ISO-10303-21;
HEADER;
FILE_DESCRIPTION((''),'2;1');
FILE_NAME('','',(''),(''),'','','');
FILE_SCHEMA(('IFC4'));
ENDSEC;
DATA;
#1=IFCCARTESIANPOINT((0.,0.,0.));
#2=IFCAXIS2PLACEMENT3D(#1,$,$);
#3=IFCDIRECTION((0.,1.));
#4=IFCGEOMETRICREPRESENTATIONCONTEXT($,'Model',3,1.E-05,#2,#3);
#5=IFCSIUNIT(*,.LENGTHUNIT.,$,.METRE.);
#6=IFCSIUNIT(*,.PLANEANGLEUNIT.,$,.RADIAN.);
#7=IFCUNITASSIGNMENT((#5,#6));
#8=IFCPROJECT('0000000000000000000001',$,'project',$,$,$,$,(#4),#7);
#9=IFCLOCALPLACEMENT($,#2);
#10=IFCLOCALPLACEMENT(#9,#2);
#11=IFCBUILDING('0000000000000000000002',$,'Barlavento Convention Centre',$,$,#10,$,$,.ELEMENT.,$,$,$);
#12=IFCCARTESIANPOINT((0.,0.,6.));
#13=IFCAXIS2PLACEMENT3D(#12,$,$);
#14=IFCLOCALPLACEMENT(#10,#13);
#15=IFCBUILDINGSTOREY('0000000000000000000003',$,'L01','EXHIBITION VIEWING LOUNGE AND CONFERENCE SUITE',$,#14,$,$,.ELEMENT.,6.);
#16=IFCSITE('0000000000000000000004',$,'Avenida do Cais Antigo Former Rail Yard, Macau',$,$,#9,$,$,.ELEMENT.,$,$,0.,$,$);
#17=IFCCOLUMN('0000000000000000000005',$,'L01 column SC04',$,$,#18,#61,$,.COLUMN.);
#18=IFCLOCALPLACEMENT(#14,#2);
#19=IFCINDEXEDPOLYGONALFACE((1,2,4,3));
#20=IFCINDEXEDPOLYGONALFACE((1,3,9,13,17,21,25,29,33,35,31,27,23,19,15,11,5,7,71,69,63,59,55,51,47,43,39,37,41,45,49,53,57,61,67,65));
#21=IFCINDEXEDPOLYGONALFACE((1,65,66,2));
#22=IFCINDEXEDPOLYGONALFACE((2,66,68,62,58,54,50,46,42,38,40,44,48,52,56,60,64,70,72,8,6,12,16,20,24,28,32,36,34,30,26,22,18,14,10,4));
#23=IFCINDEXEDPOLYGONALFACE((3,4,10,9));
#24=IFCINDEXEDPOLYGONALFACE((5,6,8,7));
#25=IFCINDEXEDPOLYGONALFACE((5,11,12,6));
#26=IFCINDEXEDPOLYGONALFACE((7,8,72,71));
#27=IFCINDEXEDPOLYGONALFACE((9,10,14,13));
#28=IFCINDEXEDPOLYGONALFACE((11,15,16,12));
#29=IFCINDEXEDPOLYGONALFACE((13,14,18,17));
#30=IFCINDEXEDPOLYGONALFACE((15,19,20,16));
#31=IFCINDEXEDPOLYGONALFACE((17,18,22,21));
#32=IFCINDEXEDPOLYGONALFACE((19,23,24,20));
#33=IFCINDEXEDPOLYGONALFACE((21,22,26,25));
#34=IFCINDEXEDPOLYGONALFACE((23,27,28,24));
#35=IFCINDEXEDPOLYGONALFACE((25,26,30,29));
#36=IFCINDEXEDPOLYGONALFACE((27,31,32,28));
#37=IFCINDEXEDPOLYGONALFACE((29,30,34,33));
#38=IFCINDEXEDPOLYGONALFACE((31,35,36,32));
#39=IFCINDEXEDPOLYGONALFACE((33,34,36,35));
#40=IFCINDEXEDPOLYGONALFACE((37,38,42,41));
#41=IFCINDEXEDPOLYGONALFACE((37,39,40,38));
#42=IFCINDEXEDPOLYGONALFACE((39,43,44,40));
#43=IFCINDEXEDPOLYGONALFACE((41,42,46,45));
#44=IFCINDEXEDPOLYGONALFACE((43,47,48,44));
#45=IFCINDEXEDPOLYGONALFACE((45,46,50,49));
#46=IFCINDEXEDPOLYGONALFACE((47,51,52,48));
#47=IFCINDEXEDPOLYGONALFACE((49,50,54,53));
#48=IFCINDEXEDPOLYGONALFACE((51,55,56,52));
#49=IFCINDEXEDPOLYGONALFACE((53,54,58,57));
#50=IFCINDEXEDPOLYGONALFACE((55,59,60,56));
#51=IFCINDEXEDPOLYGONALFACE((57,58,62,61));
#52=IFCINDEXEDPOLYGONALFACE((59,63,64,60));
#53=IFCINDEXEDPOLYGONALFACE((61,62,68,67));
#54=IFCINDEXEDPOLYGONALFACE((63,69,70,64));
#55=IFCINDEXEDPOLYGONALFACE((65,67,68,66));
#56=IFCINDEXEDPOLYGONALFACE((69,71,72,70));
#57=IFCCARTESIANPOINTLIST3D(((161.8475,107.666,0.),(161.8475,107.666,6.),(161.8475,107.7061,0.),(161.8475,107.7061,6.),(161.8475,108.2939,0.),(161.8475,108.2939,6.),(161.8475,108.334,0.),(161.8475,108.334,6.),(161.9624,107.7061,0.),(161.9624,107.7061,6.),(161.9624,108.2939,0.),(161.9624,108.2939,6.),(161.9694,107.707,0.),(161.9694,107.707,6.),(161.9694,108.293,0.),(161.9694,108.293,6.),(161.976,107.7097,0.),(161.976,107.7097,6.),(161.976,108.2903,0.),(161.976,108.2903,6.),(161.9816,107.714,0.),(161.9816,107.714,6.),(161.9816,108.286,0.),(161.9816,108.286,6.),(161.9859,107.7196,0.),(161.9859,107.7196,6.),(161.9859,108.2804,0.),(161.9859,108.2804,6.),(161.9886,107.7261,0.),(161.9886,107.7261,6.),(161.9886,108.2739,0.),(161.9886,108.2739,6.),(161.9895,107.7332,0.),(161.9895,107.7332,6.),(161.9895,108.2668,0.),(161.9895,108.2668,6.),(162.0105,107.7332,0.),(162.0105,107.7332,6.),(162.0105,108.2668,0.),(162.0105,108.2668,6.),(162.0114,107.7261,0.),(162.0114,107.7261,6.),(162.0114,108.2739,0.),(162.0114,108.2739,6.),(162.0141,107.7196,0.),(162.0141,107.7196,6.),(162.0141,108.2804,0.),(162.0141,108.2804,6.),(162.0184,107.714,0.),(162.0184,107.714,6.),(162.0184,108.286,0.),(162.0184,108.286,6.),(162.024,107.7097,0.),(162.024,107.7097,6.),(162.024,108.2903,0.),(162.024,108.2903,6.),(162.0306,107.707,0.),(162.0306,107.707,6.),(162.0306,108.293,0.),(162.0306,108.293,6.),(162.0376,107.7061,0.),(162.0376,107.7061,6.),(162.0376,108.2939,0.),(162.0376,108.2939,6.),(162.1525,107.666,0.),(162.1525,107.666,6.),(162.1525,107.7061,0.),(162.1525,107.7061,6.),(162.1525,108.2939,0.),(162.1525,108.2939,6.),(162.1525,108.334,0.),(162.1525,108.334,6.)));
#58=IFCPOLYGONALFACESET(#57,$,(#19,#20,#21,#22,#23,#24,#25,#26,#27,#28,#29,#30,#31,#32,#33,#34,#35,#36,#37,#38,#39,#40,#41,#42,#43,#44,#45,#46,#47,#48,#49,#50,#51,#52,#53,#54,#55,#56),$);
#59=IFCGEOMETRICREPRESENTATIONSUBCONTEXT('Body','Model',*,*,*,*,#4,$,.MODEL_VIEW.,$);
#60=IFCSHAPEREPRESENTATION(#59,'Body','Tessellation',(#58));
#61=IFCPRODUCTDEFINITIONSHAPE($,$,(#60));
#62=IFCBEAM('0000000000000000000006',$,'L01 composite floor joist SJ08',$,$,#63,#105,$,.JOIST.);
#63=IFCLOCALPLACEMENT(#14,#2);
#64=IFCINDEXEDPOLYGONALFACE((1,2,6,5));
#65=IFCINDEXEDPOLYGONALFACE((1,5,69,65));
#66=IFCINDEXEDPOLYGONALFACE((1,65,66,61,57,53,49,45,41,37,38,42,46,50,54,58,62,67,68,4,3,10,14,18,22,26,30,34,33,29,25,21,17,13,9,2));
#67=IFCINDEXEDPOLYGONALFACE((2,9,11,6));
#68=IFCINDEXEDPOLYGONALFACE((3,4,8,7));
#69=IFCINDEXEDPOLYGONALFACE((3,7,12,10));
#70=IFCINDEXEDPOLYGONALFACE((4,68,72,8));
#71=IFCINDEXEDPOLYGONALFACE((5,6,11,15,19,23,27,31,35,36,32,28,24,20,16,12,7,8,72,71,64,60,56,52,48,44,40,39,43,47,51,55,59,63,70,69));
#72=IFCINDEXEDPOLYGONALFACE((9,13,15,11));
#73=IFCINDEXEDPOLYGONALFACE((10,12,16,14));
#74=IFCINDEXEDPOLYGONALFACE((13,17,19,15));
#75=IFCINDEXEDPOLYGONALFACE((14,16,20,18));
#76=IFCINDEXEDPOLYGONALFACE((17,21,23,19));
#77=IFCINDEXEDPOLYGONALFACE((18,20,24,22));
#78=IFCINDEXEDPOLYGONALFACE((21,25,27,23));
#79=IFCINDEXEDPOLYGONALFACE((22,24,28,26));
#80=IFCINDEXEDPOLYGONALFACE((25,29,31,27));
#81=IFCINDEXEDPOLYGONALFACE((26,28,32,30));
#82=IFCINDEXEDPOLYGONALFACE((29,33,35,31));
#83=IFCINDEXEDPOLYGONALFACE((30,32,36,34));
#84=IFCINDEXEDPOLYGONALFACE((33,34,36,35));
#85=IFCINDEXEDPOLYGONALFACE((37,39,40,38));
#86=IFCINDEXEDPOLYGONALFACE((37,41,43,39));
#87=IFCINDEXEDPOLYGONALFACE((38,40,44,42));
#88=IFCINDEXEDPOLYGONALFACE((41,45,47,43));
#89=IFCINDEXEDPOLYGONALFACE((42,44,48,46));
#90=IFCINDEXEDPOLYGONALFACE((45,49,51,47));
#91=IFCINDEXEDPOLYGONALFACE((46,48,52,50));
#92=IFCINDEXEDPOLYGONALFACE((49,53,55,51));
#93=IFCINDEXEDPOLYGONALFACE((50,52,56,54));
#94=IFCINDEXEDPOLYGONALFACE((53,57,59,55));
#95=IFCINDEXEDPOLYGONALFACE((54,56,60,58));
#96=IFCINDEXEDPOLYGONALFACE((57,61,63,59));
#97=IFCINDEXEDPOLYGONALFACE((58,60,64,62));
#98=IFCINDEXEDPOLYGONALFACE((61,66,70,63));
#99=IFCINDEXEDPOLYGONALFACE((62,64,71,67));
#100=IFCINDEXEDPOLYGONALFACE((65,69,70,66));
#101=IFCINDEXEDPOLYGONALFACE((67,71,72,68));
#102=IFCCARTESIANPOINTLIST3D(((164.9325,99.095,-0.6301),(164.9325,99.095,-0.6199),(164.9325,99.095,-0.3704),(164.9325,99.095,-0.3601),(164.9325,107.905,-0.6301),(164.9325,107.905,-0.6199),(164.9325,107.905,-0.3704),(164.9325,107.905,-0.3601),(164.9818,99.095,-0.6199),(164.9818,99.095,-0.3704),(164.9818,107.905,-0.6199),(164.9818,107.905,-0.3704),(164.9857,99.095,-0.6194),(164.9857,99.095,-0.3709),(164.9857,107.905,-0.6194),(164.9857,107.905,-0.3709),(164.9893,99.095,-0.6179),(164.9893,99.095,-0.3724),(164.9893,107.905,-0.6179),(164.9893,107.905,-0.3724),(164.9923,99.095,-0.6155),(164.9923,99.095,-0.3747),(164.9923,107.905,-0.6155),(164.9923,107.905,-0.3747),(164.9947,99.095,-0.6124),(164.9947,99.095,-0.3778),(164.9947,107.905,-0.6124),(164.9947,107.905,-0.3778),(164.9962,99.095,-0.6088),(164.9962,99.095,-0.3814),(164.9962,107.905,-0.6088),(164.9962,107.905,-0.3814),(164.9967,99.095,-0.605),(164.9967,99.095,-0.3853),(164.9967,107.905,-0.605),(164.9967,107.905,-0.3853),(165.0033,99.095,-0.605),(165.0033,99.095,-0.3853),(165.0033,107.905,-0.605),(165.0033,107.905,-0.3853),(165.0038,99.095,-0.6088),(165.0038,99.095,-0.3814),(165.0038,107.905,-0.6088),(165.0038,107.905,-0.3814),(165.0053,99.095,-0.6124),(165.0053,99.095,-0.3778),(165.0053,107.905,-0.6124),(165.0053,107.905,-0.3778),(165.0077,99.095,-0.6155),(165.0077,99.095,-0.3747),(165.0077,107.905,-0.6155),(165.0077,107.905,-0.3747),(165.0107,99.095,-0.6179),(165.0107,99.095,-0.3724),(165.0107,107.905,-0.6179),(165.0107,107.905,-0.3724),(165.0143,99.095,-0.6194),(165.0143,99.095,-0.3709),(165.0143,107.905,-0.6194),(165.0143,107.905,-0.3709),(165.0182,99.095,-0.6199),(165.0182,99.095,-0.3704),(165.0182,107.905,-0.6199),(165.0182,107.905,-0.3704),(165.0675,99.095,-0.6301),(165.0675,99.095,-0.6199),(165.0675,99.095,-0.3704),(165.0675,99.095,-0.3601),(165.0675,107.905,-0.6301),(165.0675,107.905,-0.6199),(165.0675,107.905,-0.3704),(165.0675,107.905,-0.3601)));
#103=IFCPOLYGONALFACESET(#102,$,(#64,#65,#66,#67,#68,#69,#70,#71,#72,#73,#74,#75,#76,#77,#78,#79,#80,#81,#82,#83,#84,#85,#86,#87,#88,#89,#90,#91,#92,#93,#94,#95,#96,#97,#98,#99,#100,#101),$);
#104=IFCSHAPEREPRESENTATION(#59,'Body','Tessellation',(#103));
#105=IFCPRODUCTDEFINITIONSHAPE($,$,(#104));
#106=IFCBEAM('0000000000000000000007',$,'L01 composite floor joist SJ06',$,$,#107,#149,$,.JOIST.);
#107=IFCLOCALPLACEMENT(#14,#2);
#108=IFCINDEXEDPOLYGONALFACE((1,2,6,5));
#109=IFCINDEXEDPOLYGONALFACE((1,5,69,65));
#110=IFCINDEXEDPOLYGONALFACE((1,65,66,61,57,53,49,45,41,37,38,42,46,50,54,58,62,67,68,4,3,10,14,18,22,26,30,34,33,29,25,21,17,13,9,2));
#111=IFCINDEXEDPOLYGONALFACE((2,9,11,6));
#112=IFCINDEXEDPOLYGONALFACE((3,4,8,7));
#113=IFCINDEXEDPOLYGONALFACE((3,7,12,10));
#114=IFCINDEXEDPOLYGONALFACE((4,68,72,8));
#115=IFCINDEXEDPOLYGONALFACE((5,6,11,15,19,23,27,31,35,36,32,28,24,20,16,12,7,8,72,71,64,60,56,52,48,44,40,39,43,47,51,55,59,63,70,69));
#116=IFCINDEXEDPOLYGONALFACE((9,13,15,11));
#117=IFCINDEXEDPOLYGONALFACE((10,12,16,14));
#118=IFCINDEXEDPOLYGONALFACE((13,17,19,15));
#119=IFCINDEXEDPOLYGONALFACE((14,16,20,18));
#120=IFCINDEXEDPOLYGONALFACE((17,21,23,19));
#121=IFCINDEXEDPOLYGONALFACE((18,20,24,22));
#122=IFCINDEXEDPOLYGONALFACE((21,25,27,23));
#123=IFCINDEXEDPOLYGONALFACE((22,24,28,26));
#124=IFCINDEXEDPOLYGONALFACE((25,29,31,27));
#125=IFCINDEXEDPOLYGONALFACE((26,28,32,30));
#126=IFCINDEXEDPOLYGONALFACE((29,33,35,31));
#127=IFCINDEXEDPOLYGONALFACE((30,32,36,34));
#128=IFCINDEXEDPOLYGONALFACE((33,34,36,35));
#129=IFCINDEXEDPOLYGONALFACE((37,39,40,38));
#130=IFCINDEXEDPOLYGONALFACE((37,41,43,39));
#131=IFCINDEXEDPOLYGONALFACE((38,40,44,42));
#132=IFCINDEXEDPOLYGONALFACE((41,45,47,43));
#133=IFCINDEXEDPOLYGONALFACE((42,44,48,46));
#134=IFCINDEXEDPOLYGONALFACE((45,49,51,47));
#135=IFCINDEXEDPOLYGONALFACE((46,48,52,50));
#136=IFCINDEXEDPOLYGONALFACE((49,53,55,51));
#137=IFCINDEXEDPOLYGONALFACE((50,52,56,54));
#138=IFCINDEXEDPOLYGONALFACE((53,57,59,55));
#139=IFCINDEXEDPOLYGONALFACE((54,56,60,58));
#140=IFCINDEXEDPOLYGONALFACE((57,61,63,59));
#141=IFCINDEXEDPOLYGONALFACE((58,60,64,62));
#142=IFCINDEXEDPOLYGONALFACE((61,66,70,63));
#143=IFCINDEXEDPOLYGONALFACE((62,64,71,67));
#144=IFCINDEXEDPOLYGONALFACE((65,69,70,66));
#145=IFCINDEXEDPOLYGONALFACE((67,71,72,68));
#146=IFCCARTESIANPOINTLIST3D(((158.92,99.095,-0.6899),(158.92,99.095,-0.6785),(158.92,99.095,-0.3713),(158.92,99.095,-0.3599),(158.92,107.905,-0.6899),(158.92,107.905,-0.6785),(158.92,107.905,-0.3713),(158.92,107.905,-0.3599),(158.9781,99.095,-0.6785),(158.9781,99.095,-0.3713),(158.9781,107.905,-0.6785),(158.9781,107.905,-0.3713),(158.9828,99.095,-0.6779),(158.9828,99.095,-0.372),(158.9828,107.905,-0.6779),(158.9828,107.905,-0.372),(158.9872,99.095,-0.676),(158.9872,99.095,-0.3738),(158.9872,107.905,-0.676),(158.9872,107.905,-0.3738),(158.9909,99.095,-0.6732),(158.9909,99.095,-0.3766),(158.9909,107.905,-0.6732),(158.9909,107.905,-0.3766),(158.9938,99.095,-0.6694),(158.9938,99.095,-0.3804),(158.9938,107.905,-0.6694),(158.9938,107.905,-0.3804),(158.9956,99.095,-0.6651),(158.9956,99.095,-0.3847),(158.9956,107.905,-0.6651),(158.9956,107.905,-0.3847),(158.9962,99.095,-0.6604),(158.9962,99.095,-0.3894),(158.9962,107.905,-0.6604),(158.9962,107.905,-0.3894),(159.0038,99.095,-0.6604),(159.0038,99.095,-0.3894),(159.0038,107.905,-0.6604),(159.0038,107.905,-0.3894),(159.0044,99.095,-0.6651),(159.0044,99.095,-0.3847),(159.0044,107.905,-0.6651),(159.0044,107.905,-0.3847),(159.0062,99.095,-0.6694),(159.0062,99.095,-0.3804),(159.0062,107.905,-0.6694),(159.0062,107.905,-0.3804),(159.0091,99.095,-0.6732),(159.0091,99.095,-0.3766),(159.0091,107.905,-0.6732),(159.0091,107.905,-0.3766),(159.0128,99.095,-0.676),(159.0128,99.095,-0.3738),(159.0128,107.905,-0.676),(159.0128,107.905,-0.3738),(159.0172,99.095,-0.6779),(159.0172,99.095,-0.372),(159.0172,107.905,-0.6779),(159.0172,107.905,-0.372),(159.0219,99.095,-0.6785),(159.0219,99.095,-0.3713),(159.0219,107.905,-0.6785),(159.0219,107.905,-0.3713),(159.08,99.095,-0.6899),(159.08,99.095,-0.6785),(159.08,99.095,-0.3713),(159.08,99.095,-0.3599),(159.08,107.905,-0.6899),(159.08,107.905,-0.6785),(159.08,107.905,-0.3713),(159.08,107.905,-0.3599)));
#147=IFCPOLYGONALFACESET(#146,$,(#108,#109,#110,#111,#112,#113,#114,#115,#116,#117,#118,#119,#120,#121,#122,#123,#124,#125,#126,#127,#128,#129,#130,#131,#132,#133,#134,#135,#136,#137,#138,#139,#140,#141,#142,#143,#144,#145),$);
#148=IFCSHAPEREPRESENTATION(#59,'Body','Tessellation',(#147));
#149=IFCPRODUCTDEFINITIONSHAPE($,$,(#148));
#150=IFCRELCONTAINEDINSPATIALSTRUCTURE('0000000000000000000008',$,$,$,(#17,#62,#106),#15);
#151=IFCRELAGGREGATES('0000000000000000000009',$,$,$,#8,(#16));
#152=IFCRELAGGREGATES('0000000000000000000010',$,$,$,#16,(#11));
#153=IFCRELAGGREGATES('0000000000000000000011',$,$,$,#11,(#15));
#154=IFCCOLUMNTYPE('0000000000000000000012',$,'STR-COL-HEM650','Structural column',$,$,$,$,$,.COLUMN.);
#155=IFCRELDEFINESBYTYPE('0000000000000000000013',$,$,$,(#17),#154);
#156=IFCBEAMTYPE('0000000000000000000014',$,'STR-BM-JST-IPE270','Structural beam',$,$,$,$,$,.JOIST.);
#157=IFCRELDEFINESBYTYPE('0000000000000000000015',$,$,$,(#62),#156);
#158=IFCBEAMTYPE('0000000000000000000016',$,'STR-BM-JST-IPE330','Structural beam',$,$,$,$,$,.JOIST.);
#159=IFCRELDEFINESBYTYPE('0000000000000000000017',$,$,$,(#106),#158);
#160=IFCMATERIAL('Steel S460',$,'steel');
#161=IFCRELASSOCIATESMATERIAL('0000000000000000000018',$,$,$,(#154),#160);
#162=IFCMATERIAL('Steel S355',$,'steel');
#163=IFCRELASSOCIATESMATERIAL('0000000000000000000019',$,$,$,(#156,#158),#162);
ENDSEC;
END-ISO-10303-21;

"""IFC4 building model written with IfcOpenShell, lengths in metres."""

from ifc_helpers import new_model, si_unit, direction, frame, origin, origin_2d, place, context, subcontext, project, spatial, i_section, extrude, material, material_profile, profile_set, type_object, element, save


model = new_model("IFC4")

# Units and contexts
model_context = context("Model", 3, precision=1e-05, world=origin(), true_north=direction((0.0, 1.0)))
body_context = subcontext(model_context, "Body", "Model", "MODEL_VIEW")
ifc_project = project(units=[si_unit("LENGTHUNIT", "METRE"), si_unit("PLANEANGLEUNIT", "RADIAN")], contexts=[model_context])

# Site, building, storey
site_placement = place(None, origin())
site = spatial("IfcSite", under=ifc_project, at=site_placement, Name="Avenida do Cais Antigo Former Rail Yard, Macau", CompositionType="ELEMENT", RefElevation=0.0)
building_placement = place(site_placement, origin())
building = spatial("IfcBuilding", under=site, at=building_placement, Name="Barlavento Convention Centre", CompositionType="ELEMENT")
storey_placement = place(building_placement, frame((0.0, 0.0, 6.0)))
storey = spatial("IfcBuildingStorey", under=building, at=storey_placement, Name="L01", Description="EXHIBITION VIEWING LOUNGE AND CONFERENCE SUITE", CompositionType="ELEMENT", Elevation=6.0)

# Column
ifc_material_1 = material(Name="Steel S355", Category="steel")
ifc_material_2 = material(Name="Steel S460", Category="steel")
ifc_material_profile_1 = material_profile(ifc_material_2, i_section(OverallWidth=0.3049, OverallDepth=0.668, WebThickness=0.021, FlangeThickness=0.04, FilletRadius=0.0271, at=origin_2d()), Name="HEM 650")
ifc_profile_set_1 = profile_set([ifc_material_profile_1], Name="Steel S460")
column_type_1 = type_object("IfcColumnType", Name="STR-COL-HEM650", Description="Structural column", PredefinedType="COLUMN", material=ifc_profile_set_1)
column_1_placement = place(storey_placement, frame((162.0, 108.0, 0.0), z_axis=(0.0, 0.0, 1.0), x_axis=(1.0, 0.0, 0.0)))
element("IfcColumn", 1, at=column_1_placement, inside=storey, type_object=column_type_1, Name="L01 column SC04", PredefinedType="COLUMN", context=body_context, shape_type="SweptSolid", body=[
    extrude(i_section(OverallWidth=0.3049, OverallDepth=0.668, WebThickness=0.021, FlangeThickness=0.04, FilletRadius=0.0271, at=origin_2d()), origin(), (0.0, 0.0, 1.0), 6.0),
])

# Beams
ifc_material_profile_2 = material_profile(ifc_material_1, i_section(OverallWidth=0.135, OverallDepth=0.27, WebThickness=0.0066, FlangeThickness=0.0103, FilletRadius=0.0149, at=origin_2d()), Name="IPE 270")
ifc_profile_set_2 = profile_set([ifc_material_profile_2], Name="Steel S355")
beam_type_1 = type_object("IfcBeamType", Name="STR-BM-JST-IPE270", Description="Structural beam", PredefinedType="JOIST", material=ifc_profile_set_2)
beam_1_placement = place(storey_placement, frame((165.0, 99.095, -0.4951), z_axis=(0.0, 1.0, 0.0), x_axis=(-1.0, 0.0, 0.0)))
element("IfcBeam", 2, at=beam_1_placement, inside=storey, type_object=beam_type_1, Name="L01 composite floor joist SJ08", PredefinedType="JOIST", context=body_context, shape_type="SweptSolid", body=[
    extrude(i_section(OverallWidth=0.135, OverallDepth=0.27, WebThickness=0.0066, FlangeThickness=0.0103, FilletRadius=0.0149, at=origin_2d()), origin(), (0.0, 0.0, 1.0), 8.8101),
])
ifc_material_profile_3 = material_profile(ifc_material_1, i_section(OverallWidth=0.1599, OverallDepth=0.3301, WebThickness=0.0076, FlangeThickness=0.0115, FilletRadius=0.0181, at=origin_2d()), Name="IPE 330")
ifc_profile_set_3 = profile_set([ifc_material_profile_3], Name="Steel S355")
beam_type_2 = type_object("IfcBeamType", Name="STR-BM-JST-IPE330", Description="Structural beam", PredefinedType="JOIST", material=ifc_profile_set_3)
beam_2_placement = place(storey_placement, frame((159.0, 99.095, -0.5249), z_axis=(0.0, 1.0, 0.0), x_axis=(-1.0, 0.0, 0.0)))
element("IfcBeam", 3, at=beam_2_placement, inside=storey, type_object=beam_type_2, Name="L01 composite floor joist SJ06", PredefinedType="JOIST", context=body_context, shape_type="SweptSolid", body=[
    extrude(i_section(OverallWidth=0.1599, OverallDepth=0.3301, WebThickness=0.0076, FlangeThickness=0.0115, FilletRadius=0.0181, at=origin_2d()), origin(), (0.0, 0.0, 1.0), 8.8101),
])

save(model, "model.ifc")
